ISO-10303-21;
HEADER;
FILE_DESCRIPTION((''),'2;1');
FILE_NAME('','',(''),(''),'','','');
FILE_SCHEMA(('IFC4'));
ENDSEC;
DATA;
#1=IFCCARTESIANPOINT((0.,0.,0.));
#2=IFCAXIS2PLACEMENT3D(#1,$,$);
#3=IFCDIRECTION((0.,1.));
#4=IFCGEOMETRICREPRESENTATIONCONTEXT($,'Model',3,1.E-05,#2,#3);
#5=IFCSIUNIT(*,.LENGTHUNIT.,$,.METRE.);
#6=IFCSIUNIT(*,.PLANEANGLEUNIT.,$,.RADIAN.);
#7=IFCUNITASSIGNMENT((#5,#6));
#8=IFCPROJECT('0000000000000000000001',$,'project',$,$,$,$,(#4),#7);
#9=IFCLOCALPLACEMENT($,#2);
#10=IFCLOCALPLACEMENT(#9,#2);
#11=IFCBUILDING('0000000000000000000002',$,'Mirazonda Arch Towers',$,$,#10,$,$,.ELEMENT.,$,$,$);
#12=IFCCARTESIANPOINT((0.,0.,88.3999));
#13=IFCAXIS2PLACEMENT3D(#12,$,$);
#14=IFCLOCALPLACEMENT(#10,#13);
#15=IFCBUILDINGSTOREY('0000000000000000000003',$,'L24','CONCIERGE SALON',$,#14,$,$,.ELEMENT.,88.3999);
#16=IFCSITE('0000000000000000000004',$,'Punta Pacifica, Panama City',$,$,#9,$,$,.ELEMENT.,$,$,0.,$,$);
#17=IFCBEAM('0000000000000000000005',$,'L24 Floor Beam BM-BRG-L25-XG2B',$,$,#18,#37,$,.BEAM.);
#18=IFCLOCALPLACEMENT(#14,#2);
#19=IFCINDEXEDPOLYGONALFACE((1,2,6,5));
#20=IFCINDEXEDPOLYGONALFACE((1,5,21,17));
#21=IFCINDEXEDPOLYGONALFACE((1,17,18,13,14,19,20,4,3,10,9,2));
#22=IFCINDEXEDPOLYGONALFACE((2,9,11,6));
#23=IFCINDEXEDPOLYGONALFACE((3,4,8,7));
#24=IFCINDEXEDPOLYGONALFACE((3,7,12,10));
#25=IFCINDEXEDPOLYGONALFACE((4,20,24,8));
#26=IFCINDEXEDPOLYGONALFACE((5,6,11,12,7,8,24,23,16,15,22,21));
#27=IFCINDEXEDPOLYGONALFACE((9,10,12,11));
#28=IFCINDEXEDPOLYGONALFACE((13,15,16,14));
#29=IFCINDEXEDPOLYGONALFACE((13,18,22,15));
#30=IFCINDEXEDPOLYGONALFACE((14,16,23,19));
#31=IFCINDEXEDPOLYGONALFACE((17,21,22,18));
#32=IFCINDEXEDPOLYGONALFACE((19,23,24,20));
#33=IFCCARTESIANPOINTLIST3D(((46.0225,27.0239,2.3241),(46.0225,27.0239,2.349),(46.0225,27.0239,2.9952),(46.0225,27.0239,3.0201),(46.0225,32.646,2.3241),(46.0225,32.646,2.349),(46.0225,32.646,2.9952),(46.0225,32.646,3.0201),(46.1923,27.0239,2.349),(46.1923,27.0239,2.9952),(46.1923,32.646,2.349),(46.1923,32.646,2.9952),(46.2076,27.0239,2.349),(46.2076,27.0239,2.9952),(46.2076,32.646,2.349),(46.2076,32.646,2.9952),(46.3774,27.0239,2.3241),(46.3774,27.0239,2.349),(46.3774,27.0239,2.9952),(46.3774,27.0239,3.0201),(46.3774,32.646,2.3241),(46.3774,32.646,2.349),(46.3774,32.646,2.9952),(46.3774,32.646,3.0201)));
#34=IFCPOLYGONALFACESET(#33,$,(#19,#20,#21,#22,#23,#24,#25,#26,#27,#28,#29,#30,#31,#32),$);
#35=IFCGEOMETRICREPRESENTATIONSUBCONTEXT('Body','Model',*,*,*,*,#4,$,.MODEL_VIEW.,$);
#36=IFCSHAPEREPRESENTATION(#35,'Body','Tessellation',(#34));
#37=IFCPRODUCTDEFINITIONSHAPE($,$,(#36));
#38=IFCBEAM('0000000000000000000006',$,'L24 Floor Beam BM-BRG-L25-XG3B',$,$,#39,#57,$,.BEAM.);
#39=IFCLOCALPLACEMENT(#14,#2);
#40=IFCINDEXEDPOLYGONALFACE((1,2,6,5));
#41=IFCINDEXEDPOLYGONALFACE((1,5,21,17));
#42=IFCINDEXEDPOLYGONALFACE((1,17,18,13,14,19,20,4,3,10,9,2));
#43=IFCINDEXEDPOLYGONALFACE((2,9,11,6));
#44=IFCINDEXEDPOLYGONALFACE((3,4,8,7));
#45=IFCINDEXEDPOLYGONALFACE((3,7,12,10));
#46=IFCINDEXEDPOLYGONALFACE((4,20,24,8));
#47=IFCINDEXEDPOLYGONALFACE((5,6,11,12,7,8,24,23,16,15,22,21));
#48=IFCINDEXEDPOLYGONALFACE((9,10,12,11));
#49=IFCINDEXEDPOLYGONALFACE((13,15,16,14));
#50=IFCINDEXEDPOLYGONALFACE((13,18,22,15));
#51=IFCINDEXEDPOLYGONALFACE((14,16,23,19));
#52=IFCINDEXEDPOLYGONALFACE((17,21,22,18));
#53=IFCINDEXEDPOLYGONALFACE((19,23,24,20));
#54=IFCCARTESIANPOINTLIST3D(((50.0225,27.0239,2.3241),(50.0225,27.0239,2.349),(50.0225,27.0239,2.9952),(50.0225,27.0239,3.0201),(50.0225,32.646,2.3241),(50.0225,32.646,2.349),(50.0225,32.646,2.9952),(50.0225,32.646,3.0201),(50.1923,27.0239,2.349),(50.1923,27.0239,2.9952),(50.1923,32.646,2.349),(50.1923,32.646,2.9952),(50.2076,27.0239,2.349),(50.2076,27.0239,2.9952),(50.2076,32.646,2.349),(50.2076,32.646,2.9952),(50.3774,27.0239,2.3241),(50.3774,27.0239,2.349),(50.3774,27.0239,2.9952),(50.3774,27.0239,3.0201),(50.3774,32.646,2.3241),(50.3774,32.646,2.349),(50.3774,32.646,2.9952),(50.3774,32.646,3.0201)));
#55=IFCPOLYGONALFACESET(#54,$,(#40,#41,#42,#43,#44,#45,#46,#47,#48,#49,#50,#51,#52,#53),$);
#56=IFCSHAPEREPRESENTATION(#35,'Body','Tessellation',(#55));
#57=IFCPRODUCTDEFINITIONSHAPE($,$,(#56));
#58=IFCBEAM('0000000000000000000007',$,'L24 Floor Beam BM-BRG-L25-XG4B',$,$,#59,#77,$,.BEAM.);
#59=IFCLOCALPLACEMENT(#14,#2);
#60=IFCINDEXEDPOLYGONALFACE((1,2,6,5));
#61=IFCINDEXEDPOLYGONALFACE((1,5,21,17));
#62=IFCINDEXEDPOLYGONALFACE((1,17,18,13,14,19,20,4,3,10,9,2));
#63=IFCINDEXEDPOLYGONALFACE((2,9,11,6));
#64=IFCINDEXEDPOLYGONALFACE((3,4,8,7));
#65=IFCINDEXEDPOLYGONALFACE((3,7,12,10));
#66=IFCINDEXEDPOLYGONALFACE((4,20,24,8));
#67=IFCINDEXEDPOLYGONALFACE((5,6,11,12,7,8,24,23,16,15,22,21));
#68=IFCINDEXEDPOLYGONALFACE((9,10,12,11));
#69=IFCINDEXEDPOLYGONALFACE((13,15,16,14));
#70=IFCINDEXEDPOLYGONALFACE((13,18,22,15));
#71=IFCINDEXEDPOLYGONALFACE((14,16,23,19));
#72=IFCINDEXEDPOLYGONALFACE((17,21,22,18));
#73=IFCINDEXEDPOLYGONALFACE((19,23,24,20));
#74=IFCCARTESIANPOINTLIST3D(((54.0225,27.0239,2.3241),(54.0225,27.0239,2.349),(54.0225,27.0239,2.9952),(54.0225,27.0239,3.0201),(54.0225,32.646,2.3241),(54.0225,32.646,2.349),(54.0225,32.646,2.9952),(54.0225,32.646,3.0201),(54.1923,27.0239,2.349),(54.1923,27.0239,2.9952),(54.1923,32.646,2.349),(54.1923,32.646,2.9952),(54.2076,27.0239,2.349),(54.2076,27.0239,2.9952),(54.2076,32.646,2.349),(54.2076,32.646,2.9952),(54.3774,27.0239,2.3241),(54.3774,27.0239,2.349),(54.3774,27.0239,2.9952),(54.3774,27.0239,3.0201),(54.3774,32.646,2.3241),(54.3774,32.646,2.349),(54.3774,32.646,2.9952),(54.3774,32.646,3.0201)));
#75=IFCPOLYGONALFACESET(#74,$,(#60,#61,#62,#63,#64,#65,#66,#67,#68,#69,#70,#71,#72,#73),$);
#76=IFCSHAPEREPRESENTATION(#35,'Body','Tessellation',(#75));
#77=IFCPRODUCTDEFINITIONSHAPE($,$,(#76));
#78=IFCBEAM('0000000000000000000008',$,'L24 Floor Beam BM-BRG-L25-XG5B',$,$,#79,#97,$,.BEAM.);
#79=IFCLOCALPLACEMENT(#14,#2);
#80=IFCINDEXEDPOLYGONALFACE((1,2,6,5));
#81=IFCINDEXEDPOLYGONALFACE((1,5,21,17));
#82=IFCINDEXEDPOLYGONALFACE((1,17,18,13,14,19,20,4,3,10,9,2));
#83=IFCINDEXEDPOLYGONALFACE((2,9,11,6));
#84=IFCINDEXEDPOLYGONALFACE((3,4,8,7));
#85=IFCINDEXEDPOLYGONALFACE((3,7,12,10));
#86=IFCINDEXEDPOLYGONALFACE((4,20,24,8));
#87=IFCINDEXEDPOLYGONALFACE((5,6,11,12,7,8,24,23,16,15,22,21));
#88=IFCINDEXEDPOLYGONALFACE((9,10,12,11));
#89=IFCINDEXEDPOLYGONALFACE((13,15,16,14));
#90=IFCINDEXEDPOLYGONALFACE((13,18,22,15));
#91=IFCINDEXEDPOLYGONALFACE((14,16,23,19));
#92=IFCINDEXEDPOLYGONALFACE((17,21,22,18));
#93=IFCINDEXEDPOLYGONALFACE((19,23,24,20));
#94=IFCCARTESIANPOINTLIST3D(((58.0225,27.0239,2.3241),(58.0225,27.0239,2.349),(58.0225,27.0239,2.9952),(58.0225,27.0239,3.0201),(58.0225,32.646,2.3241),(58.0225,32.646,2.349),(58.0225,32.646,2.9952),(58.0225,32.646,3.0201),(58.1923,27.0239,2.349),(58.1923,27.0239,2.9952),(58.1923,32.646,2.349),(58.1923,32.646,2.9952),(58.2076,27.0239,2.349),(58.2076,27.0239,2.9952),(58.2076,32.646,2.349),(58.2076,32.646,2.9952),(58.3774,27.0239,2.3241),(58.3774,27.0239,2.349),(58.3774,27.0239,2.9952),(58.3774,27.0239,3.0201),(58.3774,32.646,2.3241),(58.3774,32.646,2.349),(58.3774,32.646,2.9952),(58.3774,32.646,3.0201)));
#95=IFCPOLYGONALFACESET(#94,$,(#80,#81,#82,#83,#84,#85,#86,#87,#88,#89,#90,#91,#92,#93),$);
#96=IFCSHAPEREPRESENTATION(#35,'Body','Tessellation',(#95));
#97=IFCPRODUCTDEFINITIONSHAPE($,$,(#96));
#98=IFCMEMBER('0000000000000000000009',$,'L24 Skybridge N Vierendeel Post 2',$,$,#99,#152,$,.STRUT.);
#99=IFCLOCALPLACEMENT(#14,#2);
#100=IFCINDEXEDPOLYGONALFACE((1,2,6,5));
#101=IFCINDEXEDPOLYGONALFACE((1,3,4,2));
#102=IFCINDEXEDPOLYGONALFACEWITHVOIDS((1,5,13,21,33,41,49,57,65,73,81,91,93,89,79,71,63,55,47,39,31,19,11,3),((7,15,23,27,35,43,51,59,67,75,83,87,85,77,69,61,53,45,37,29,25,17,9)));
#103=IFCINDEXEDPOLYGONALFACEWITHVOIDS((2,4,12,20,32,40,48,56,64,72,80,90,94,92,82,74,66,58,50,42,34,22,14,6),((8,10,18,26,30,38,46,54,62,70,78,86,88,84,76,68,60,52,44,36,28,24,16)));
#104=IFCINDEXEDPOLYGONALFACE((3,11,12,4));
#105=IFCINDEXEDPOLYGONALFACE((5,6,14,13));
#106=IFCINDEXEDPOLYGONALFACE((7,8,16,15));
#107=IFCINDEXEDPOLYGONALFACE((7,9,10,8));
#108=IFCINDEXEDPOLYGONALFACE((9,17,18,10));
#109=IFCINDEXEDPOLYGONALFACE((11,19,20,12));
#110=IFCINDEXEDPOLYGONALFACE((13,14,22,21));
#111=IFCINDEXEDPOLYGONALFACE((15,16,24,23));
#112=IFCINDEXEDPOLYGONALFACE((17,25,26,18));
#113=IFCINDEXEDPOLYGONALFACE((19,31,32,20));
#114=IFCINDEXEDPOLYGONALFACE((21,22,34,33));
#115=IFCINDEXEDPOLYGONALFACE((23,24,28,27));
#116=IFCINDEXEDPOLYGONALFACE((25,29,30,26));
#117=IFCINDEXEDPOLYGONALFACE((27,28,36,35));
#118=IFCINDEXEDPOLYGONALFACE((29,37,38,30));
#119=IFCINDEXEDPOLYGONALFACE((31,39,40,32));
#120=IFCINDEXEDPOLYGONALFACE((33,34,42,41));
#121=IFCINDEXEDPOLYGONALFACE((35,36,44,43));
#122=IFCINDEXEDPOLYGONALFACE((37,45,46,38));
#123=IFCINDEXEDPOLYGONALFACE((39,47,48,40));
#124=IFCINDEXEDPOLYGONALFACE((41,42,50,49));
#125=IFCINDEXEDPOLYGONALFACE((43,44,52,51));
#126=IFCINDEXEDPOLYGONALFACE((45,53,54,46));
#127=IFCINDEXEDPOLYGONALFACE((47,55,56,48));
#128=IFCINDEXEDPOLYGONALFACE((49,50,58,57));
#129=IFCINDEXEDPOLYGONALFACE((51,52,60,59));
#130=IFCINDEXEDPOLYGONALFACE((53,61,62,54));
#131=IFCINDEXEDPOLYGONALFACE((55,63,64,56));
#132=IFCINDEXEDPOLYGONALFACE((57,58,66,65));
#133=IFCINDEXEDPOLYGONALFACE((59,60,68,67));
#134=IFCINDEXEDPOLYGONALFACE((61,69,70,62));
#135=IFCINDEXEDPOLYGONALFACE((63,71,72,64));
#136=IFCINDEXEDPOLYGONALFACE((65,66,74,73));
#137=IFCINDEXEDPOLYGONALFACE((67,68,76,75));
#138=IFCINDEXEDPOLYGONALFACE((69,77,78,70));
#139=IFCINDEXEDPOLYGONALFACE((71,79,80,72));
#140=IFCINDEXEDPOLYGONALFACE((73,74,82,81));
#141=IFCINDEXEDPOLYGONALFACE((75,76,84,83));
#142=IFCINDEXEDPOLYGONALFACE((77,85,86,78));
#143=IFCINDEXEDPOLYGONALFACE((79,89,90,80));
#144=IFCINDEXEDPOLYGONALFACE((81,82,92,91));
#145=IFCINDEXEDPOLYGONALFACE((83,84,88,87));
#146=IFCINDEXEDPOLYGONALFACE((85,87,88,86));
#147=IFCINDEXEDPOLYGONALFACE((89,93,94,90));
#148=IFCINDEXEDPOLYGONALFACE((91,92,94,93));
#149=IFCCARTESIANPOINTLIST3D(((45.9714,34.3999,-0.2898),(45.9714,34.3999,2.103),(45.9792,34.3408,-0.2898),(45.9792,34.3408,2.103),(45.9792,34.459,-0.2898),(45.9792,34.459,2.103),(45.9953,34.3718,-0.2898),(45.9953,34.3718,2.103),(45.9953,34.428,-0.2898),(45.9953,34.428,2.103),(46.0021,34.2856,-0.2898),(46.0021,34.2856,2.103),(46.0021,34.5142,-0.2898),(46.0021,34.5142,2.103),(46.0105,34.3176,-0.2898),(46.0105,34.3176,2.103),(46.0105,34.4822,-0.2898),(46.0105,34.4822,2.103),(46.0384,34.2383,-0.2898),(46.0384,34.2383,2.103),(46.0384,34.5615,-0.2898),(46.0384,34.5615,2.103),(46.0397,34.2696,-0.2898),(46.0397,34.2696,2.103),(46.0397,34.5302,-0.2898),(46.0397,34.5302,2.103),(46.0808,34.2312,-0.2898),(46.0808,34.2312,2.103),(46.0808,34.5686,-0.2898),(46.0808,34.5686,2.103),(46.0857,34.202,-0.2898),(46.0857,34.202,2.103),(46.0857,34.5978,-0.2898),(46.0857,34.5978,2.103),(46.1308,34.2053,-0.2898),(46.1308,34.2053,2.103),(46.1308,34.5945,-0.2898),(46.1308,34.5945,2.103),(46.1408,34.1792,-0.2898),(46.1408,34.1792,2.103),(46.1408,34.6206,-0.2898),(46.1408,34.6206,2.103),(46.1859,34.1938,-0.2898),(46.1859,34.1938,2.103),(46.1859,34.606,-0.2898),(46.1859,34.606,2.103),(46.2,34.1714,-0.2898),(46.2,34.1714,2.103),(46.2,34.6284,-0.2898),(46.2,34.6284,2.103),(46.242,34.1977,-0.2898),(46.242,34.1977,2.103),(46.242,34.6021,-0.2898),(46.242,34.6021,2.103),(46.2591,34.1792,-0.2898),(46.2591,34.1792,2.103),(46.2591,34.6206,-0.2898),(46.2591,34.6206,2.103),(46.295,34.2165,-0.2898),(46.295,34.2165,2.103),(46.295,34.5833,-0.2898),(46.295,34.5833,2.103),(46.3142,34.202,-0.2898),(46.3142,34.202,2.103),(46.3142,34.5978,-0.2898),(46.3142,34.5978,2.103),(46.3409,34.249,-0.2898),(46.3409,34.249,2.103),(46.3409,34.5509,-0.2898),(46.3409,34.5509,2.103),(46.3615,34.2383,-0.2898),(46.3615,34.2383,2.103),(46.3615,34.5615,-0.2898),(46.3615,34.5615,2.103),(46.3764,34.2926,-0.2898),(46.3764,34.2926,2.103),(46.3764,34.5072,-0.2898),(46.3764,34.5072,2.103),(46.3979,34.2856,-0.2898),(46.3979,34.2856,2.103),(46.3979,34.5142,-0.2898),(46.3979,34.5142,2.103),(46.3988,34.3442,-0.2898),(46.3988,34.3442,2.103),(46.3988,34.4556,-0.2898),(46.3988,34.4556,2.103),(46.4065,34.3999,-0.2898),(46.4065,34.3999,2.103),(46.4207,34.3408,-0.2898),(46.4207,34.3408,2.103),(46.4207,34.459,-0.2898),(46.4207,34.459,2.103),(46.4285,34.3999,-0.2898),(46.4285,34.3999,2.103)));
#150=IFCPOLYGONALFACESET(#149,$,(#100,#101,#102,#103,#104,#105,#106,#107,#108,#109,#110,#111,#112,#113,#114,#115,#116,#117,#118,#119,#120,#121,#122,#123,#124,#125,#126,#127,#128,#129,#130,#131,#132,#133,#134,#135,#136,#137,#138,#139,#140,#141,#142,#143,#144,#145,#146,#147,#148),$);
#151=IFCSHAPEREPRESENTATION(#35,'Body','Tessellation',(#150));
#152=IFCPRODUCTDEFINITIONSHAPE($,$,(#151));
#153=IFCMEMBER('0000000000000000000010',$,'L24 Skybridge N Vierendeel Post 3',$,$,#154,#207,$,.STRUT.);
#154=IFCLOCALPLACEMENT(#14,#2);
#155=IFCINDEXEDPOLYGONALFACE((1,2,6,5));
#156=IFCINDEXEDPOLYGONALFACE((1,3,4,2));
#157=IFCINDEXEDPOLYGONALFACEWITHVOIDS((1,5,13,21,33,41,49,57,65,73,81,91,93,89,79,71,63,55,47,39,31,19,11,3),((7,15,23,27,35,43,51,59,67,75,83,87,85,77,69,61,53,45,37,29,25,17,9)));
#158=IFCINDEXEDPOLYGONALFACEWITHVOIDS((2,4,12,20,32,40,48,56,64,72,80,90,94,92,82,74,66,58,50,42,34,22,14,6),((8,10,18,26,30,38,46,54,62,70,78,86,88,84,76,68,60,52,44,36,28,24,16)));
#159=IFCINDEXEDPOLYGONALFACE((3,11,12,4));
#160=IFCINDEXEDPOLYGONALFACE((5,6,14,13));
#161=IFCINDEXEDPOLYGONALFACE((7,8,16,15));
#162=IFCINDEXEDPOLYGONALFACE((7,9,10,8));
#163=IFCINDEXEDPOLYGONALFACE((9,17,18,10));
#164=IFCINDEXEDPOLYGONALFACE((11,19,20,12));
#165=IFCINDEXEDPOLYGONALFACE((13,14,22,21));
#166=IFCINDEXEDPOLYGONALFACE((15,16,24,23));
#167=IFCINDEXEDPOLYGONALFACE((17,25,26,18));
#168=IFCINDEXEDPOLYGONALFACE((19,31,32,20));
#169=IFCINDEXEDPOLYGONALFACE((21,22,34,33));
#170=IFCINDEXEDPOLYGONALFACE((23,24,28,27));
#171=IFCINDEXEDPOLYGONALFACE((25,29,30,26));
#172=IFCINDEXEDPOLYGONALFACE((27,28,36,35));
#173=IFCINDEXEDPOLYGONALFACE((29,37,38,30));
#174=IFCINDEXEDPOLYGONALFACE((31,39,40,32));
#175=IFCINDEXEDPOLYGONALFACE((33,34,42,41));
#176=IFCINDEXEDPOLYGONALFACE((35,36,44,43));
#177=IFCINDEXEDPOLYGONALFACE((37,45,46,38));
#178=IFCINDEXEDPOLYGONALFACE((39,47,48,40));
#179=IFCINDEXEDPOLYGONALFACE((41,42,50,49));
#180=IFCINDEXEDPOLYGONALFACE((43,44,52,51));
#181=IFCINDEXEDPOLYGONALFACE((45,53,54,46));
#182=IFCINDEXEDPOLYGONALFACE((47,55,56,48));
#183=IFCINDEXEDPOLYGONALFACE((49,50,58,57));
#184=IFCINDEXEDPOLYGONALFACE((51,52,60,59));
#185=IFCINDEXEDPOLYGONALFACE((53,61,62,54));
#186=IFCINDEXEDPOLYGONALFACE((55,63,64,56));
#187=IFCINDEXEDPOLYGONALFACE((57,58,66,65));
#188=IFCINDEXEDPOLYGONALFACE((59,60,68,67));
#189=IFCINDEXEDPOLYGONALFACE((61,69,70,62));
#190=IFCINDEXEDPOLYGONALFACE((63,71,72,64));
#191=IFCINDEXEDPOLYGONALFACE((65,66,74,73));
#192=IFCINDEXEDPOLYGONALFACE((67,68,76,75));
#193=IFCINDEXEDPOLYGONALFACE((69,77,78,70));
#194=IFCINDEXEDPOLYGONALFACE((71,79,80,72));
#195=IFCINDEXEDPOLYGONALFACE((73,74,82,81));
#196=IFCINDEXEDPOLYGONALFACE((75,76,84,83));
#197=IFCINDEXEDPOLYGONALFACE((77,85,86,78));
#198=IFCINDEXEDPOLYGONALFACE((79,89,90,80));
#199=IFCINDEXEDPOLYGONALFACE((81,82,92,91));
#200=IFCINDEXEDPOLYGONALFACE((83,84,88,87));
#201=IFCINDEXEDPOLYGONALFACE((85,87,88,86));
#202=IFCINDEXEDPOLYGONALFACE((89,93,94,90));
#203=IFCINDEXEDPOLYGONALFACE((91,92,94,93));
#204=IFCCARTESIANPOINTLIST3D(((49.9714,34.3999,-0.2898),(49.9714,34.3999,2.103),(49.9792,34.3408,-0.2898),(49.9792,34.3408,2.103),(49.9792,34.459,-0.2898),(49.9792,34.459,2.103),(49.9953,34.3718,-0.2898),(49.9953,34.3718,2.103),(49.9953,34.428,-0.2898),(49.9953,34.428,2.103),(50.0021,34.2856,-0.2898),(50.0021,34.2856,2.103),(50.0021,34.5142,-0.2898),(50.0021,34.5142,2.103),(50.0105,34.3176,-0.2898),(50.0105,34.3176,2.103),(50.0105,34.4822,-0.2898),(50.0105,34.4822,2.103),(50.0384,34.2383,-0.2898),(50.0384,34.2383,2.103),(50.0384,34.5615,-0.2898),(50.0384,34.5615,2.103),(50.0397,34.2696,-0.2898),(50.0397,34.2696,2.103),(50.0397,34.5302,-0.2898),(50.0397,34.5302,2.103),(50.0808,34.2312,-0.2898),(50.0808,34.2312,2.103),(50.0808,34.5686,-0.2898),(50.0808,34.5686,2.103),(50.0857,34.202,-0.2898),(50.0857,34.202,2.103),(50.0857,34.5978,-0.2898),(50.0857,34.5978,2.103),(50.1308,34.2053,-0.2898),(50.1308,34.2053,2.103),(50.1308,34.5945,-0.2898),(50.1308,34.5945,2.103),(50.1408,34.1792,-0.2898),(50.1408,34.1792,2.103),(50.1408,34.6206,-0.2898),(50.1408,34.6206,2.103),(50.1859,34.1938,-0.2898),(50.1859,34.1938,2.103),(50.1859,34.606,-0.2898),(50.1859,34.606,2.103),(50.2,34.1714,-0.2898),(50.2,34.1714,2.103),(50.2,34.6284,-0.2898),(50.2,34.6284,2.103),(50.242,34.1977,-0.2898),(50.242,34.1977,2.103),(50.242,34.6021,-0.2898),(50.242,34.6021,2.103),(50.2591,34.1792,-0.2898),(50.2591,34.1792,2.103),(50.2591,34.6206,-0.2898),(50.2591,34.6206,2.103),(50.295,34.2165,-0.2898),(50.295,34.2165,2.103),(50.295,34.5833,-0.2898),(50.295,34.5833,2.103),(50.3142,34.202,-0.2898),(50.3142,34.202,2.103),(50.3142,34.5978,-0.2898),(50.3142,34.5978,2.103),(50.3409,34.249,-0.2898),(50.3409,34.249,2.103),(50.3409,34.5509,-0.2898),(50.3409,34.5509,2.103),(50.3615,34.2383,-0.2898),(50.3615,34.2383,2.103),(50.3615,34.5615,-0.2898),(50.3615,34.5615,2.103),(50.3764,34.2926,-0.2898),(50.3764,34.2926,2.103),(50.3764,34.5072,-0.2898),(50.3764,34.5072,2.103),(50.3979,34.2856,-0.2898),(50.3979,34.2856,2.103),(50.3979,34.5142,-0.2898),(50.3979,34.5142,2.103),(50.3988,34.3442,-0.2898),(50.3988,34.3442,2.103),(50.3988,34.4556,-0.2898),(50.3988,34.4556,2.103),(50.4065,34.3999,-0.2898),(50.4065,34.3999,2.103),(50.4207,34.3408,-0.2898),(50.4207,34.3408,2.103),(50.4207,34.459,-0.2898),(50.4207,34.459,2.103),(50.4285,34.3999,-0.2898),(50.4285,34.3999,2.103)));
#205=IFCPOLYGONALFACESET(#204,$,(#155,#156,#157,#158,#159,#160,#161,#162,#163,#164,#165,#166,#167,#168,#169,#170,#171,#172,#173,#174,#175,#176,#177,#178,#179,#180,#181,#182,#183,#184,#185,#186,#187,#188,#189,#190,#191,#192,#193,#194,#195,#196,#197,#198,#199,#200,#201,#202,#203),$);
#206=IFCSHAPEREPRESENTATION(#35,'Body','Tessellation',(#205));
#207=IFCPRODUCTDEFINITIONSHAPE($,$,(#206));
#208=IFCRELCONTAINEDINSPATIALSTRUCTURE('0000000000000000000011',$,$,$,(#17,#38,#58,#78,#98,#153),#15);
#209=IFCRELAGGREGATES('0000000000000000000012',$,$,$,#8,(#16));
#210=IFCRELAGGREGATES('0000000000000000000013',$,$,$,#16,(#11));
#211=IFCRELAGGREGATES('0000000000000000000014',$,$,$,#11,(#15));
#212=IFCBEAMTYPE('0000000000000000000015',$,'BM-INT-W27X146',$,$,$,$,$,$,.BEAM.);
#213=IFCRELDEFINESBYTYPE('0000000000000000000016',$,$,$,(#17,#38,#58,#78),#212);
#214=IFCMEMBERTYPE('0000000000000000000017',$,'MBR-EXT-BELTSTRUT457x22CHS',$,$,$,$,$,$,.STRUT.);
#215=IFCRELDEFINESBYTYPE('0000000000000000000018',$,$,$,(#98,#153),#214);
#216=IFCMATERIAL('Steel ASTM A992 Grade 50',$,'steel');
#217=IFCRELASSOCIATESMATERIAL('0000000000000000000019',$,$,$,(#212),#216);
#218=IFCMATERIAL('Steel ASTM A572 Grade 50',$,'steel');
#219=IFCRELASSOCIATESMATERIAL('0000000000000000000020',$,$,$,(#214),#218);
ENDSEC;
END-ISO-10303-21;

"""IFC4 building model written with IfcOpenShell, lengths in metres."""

from ifc_helpers import new_model, si_unit, direction, frame, origin, origin_2d, place, context, subcontext, project, spatial, hollow_circle, i_section, extrude, material, material_profile, profile_set, type_object, element, save


model = new_model("IFC4")

# Units and contexts
model_context = context("Model", 3, precision=1e-05, world=origin(), true_north=direction((0.0, 1.0)))
body_context = subcontext(model_context, "Body", "Model", "MODEL_VIEW")
ifc_project = project(units=[si_unit("LENGTHUNIT", "METRE"), si_unit("PLANEANGLEUNIT", "RADIAN")], contexts=[model_context])

# Site, building, storey
site_placement = place(None, origin())
site = spatial("IfcSite", under=ifc_project, at=site_placement, Name="Punta Pacifica, Panama City", CompositionType="ELEMENT", RefElevation=0.0)
building_placement = place(site_placement, origin())
building = spatial("IfcBuilding", under=site, at=building_placement, Name="Mirazonda Arch Towers", CompositionType="ELEMENT")
storey_placement = place(building_placement, frame((0.0, 0.0, 88.3999)))
storey = spatial("IfcBuildingStorey", under=building, at=storey_placement, Name="L24", Description="CONCIERGE SALON", CompositionType="ELEMENT", Elevation=88.3999)

# Beams
ifc_material_1 = material(Name="Steel ASTM A992 Grade 50", Category="steel")
ifc_material_profile_1 = material_profile(ifc_material_1, i_section(OverallWidth=0.355, OverallDepth=0.696, WebThickness=0.0154, FlangeThickness=0.0249, at=origin_2d()), Name="W27X146")
ifc_profile_set_1 = profile_set([ifc_material_profile_1], Name="Steel ASTM A992 Grade 50")
beam_type = type_object("IfcBeamType", Name="BM-INT-W27X146", PredefinedType="BEAM", material=ifc_profile_set_1)
for number, where, z_axis, x_axis, name in (
    (1, (46.2, 27.0239, 2.6721), (0.0, 1.0, 0.0), (-1.0, 0.0, 0.0), "L24 Floor Beam BM-BRG-L25-XG2B"),
    (2, (50.2, 27.0239, 2.6721), (0.0, 1.0, 0.0), (-1.0, 0.0, 0.0), "L24 Floor Beam BM-BRG-L25-XG3B"),
    (3, (54.2, 27.0239, 2.6721), (0.0, 1.0, 0.0), (-1.0, 0.0, 0.0), "L24 Floor Beam BM-BRG-L25-XG4B"),
    (4, (58.2, 27.0239, 2.6721), (0.0, 1.0, 0.0), (-1.0, 0.0, 0.0), "L24 Floor Beam BM-BRG-L25-XG5B"),
):
    element("IfcBeam", number, at=place(storey_placement, frame(where, z_axis=z_axis, x_axis=x_axis)), inside=storey, type_object=beam_type, Name=name, PredefinedType="BEAM", context=body_context, shape_type="SweptSolid", body=[
        extrude(i_section(OverallWidth=0.355, OverallDepth=0.696, WebThickness=0.0154, FlangeThickness=0.0249, at=origin_2d()), origin(), (0.0, 0.0, 1.0), 5.6221),
    ])

# Members
ifc_material_2 = material(Name="Steel ASTM A572 Grade 50", Category="steel")
ifc_material_profile_2 = material_profile(ifc_material_2, hollow_circle(Radius=0.2285, WallThickness=0.022, at=origin_2d()), Name="BELTSTRUT457x22CHS")
ifc_profile_set_2 = profile_set([ifc_material_profile_2], Name="Steel ASTM A572 Grade 50")
member_type_1 = type_object("IfcMemberType", Name="MBR-EXT-BELTSTRUT457x22CHS", PredefinedType="STRUT", material=ifc_profile_set_2)
for number, where, z_axis, x_axis, name in (
    (5, (46.2, 34.3999, -0.2898), (0.0, 0.0, 1.0), (1.0, 0.0, 0.0), "L24 Skybridge N Vierendeel Post 2"),
    (6, (50.2, 34.3999, -0.2898), (0.0, 0.0, 1.0), (1.0, 0.0, 0.0), "L24 Skybridge N Vierendeel Post 3"),
):
    element("IfcMember", number, at=place(storey_placement, frame(where, z_axis=z_axis, x_axis=x_axis)), inside=storey, type_object=member_type_1, Name=name, PredefinedType="STRUT", context=body_context, shape_type="SweptSolid", body=[
        extrude(hollow_circle(Radius=0.2285, WallThickness=0.022, at=origin_2d()), origin(), (0.0, 0.0, 1.0), 2.3928),
    ])

save(model, "model.ifc")
